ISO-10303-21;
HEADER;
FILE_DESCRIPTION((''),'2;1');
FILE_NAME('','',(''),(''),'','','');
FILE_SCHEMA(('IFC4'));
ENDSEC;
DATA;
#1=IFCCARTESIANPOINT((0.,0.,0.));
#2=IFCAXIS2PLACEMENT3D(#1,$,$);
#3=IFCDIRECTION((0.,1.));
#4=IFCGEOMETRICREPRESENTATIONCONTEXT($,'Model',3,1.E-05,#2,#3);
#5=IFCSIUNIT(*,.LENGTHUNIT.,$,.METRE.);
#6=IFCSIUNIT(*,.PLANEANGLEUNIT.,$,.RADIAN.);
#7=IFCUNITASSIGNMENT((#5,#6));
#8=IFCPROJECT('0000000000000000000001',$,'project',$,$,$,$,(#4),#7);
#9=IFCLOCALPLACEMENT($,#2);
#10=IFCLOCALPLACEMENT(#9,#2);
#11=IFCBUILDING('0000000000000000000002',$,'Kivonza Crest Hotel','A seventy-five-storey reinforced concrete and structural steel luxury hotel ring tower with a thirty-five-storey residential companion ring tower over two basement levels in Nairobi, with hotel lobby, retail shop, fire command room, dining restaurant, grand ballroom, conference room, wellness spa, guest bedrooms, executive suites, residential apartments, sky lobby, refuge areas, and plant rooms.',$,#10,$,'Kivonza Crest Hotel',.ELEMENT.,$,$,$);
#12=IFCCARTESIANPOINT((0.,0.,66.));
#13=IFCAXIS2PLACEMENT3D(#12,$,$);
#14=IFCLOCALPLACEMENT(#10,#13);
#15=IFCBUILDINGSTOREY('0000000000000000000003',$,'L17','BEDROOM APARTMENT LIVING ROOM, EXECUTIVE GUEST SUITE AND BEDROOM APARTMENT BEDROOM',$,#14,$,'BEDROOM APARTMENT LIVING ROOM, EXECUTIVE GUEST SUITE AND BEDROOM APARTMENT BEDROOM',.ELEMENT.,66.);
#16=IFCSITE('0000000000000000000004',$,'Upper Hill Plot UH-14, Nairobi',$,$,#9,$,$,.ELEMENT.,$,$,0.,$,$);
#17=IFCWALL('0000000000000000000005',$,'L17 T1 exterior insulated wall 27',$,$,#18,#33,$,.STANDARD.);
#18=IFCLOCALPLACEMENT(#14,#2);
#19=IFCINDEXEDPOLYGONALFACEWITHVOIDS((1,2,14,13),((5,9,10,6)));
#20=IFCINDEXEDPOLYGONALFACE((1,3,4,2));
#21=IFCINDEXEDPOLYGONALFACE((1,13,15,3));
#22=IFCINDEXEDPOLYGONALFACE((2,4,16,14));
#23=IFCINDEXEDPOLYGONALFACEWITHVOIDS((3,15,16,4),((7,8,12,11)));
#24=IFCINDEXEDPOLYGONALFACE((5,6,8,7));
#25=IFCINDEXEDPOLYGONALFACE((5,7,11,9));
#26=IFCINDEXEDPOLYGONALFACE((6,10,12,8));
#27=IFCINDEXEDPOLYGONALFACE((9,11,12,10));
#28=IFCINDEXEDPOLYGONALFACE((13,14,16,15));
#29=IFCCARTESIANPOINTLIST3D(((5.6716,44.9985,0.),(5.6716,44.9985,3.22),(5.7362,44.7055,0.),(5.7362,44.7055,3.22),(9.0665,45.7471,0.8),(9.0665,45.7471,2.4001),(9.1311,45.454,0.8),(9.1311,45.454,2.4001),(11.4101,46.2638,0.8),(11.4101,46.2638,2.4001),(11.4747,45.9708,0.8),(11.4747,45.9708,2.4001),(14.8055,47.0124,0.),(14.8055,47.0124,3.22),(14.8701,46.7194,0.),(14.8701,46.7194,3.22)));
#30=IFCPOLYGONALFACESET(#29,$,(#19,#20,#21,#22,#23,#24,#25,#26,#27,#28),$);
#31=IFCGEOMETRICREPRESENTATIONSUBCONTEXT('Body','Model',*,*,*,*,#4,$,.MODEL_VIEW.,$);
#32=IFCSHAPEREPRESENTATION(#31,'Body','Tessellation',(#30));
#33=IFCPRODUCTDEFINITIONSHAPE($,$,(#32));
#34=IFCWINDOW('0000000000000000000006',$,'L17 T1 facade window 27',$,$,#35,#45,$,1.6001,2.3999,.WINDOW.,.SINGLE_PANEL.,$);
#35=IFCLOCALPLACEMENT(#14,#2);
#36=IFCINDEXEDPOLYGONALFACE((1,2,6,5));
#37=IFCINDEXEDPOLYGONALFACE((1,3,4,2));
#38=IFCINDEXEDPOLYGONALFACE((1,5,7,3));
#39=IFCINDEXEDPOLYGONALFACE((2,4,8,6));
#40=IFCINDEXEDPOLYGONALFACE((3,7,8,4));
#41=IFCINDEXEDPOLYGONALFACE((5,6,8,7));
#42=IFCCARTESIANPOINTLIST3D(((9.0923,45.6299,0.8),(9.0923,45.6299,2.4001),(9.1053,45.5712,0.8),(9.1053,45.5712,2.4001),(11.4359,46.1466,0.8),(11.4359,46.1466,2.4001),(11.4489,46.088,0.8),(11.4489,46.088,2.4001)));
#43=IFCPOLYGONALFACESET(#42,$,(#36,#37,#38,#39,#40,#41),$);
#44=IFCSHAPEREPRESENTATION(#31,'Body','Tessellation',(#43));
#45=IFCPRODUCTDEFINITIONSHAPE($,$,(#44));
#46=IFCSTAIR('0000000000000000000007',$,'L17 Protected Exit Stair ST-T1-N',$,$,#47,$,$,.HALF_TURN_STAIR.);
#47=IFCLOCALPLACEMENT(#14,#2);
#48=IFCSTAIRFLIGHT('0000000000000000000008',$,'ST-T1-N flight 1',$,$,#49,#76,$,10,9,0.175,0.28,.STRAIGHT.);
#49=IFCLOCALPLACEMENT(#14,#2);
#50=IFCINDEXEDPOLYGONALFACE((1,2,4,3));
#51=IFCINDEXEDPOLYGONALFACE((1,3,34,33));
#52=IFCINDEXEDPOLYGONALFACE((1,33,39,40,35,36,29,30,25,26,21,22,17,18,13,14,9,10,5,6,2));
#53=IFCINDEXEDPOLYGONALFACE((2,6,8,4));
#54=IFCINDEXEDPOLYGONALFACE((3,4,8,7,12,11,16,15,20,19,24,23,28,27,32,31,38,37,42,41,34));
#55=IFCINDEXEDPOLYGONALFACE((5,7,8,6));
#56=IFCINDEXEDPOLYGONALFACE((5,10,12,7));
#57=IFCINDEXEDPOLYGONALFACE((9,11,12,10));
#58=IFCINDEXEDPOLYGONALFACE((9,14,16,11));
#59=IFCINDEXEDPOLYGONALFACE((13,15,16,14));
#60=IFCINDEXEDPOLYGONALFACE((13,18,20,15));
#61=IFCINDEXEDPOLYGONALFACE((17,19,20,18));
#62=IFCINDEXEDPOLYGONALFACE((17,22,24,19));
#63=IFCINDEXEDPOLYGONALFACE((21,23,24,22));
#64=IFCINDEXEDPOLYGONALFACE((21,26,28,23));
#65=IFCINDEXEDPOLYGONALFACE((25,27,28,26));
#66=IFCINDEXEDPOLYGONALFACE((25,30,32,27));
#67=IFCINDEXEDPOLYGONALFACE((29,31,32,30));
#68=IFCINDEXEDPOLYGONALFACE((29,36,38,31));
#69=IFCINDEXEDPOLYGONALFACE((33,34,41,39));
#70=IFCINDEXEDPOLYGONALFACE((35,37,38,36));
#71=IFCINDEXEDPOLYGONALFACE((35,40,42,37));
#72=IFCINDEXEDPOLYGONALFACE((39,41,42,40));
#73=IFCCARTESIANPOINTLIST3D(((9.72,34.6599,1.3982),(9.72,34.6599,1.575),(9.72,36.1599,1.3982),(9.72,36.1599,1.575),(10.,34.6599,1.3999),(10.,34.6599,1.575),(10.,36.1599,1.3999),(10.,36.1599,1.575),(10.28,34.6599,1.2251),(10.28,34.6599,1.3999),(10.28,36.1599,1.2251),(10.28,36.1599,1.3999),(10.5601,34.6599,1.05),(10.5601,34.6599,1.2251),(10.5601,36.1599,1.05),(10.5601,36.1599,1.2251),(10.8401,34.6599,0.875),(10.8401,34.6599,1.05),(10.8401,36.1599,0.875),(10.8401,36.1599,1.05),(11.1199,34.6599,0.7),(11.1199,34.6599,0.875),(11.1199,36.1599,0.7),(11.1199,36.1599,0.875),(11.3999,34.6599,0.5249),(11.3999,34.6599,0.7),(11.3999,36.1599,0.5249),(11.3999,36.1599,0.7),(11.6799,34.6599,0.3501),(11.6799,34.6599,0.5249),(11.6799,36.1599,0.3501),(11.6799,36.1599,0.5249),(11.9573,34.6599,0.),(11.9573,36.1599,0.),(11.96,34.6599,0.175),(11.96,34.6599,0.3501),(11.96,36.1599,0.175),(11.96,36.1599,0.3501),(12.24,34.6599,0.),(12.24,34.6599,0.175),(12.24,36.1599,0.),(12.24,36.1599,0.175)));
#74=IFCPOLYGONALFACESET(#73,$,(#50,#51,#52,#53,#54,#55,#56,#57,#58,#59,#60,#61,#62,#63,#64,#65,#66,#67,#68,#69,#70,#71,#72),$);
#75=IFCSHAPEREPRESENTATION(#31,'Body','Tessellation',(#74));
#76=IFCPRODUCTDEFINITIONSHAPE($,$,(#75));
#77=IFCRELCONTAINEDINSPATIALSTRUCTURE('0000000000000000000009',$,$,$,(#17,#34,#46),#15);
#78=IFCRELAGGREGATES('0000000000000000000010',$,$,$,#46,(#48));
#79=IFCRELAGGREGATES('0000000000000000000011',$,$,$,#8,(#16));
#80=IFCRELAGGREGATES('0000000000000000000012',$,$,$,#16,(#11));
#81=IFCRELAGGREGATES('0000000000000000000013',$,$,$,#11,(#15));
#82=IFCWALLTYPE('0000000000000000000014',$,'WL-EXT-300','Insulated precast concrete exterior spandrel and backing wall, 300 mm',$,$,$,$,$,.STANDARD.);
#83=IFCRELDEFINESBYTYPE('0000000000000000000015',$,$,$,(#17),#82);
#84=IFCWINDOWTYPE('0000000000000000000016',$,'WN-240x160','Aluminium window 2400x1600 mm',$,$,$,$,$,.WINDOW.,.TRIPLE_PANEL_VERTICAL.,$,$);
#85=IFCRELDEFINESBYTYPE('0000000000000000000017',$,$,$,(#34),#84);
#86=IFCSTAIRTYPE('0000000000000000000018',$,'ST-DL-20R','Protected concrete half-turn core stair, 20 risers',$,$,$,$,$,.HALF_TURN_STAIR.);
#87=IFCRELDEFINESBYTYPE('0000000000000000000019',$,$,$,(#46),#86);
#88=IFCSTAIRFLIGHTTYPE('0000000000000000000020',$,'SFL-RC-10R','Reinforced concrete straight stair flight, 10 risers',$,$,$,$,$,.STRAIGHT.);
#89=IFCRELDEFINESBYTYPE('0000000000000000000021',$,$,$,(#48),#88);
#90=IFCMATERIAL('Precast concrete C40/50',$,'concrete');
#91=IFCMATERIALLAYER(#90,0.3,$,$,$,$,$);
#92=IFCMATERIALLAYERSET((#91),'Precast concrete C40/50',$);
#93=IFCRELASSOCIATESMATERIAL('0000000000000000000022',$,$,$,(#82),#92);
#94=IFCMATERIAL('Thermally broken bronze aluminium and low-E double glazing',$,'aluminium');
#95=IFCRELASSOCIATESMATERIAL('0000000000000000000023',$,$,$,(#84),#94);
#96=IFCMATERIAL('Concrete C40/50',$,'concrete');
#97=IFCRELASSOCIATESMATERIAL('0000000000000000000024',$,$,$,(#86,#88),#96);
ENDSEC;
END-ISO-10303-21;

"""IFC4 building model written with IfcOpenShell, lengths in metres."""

from ifc_helpers import new_model, si_unit, direction, frame, frame_2d, origin, place, context, subcontext, project, spatial, polyline, rectangle, outline, extrude, material, layer, layer_set, type_object, element, fill, aggregate, save


model = new_model("IFC4")

# Units and contexts
model_context = context("Model", 3, precision=1e-05, world=origin(), true_north=direction((0.0, 1.0)))
body_context = subcontext(model_context, "Body", "Model", "MODEL_VIEW")
ifc_project = project(units=[si_unit("LENGTHUNIT", "METRE"), si_unit("PLANEANGLEUNIT", "RADIAN")], contexts=[model_context])

# Site, building, storey
site_placement = place(None, origin())
site = spatial("IfcSite", under=ifc_project, at=site_placement, Name="Upper Hill Plot UH-14, Nairobi", CompositionType="ELEMENT", RefElevation=0.0)
building_placement = place(site_placement, origin())
building = spatial("IfcBuilding", under=site, at=building_placement, Name="Kivonza Crest Hotel", Description="A seventy-five-storey reinforced concrete and structural steel luxury hotel ring tower with a thirty-five-storey residential companion ring tower over two basement levels in Nairobi, with hotel lobby, retail shop, fire command room, dining restaurant, grand ballroom, conference room, wellness spa, guest bedrooms, executive suites, residential apartments, sky lobby, refuge areas, and plant rooms.", LongName="Kivonza Crest Hotel", CompositionType="ELEMENT")
storey_placement = place(building_placement, frame((0.0, 0.0, 66.0)))
storey = spatial("IfcBuildingStorey", under=building, at=storey_placement, Name="L17", Description="BEDROOM APARTMENT LIVING ROOM, EXECUTIVE GUEST SUITE AND BEDROOM APARTMENT BEDROOM", LongName="BEDROOM APARTMENT LIVING ROOM, EXECUTIVE GUEST SUITE AND BEDROOM APARTMENT BEDROOM", CompositionType="ELEMENT", Elevation=66.0)

# Wall, opening, window
ifc_material_1 = material(Name="Precast concrete C40/50", Category="concrete")
ifc_layer_1 = layer(ifc_material_1, 0.3)
ifc_layer_set_1 = layer_set([ifc_layer_1], Name="Precast concrete C40/50")
wall_type_1 = type_object("IfcWallType", Name="WL-EXT-300", Description="Insulated precast concrete exterior spandrel and backing wall, 300 mm", PredefinedType="STANDARD", material=ifc_layer_set_1)
wall_1_placement = place(storey_placement, frame((14.8379, 46.866, 0.0), z_axis=(0.0, 0.0, 1.0), x_axis=(-0.976544, -0.215319, 0.0)))
wall_1 = element("IfcWall", 1, at=wall_1_placement, inside=storey, type_object=wall_type_1, Name="L17 T1 exterior insulated wall 27", PredefinedType="STANDARD", context=body_context, shape_type="SweptSolid", body=[
    extrude(rectangle(XDim=9.3533, YDim=0.3, at=frame_2d((4.6768, 0.0))), origin(), (0.0, 0.0, 1.0), 3.22),
])
opening_1_placement = place(wall_1_placement, frame((3.4771, 0.0, 0.8)))
opening_1 = element("IfcOpeningElement", 2, at=opening_1_placement, cuts=wall_1, PredefinedType="OPENING", context=body_context, shape_type="SweptSolid", body=[
    extrude(rectangle(XDim=2.3999, YDim=1.6001, at=frame_2d((1.2, 0.8))), frame((0.0, 0.1602, 0.0), z_axis=(0.0, -1.0, 0.0), x_axis=(1.0, 0.0, 0.0)), (0.0, 0.0, 1.0), 0.3201),
])
ifc_material_2 = material(Name="Thermally broken bronze aluminium and low-E double glazing", Category="aluminium")
window_type = type_object("IfcWindowType", Name="WN-240x160", Description="Aluminium window 2400x1600 mm", PartitioningType="TRIPLE_PANEL_VERTICAL", PredefinedType="WINDOW", material=ifc_material_2)
window_placement = place(opening_1_placement, origin())
window = element("IfcWindow", 3, at=window_placement, inside=storey, type_object=window_type, Name="L17 T1 facade window 27", OverallHeight=1.6001, OverallWidth=2.3999, PartitioningType="SINGLE_PANEL", PredefinedType="WINDOW", context=body_context, shape_type="SweptSolid", body=[
    extrude(rectangle(XDim=2.3999, YDim=1.6001, at=frame_2d((1.2, 0.8))), frame((0.0, 0.03, 0.0), z_axis=(0.0, -1.0, 0.0), x_axis=(1.0, 0.0, 0.0)), (0.0, 0.0, 1.0), 0.0601),
])
fill(opening_1, window)

# Stair, stair flight
ifc_material_3 = material(Name="Concrete C40/50", Category="concrete")
stair_type = type_object("IfcStairType", Name="ST-DL-20R", Description="Protected concrete half-turn core stair, 20 risers", PredefinedType="HALF_TURN_STAIR", material=ifc_material_3)
stair_placement = place(storey_placement, origin())
stair = element("IfcStair", 4, at=stair_placement, inside=storey, type_object=stair_type, Name="L17 Protected Exit Stair ST-T1-N", PredefinedType="HALF_TURN_STAIR")
stair_flight_type = type_object("IfcStairFlightType", Name="SFL-RC-10R", Description="Reinforced concrete straight stair flight, 10 risers", PredefinedType="STRAIGHT", material=ifc_material_3)
stair_flight_placement = place(storey_placement, frame((12.24, 35.4099, 0.0), z_axis=(0.0, 0.0, 1.0), x_axis=(-1.0, 0.0, 0.0)))
stair_flight = element("IfcStairFlight", 5, at=stair_flight_placement, type_object=stair_flight_type, Name="ST-T1-N flight 1", NumberOfRisers=10, NumberOfTreads=9, PredefinedType="STRAIGHT", RiserHeight=0.175, TreadLength=0.28, context=body_context, shape_type="SweptSolid", body=[
    extrude(outline(polyline([(0.0, 0.0), (0.0, 0.175), (0.28, 0.175), (0.28, 0.3501), (0.5601, 0.3501), (0.5601, 0.5249), (0.8401, 0.5249), (0.8401, 0.7), (1.1201, 0.7), (1.1201, 0.875), (1.3999, 0.875), (1.3999, 1.05), (1.6799, 1.05), (1.6799, 1.2251), (1.96, 1.2251), (1.96, 1.3999), (2.24, 1.3999), (2.24, 1.575), (2.52, 1.575), (2.52, 1.75), (2.52, 1.3982), (0.2827, 0.0), (0.0, 0.0)])), frame((0.0, 0.75, 0.0), z_axis=(0.0, -1.0, 0.0), x_axis=(1.0, 0.0, 0.0)), (0.0, 0.0, 1.0), 1.5),
])
aggregate(stair, [stair_flight])

save(model, "model.ifc")
